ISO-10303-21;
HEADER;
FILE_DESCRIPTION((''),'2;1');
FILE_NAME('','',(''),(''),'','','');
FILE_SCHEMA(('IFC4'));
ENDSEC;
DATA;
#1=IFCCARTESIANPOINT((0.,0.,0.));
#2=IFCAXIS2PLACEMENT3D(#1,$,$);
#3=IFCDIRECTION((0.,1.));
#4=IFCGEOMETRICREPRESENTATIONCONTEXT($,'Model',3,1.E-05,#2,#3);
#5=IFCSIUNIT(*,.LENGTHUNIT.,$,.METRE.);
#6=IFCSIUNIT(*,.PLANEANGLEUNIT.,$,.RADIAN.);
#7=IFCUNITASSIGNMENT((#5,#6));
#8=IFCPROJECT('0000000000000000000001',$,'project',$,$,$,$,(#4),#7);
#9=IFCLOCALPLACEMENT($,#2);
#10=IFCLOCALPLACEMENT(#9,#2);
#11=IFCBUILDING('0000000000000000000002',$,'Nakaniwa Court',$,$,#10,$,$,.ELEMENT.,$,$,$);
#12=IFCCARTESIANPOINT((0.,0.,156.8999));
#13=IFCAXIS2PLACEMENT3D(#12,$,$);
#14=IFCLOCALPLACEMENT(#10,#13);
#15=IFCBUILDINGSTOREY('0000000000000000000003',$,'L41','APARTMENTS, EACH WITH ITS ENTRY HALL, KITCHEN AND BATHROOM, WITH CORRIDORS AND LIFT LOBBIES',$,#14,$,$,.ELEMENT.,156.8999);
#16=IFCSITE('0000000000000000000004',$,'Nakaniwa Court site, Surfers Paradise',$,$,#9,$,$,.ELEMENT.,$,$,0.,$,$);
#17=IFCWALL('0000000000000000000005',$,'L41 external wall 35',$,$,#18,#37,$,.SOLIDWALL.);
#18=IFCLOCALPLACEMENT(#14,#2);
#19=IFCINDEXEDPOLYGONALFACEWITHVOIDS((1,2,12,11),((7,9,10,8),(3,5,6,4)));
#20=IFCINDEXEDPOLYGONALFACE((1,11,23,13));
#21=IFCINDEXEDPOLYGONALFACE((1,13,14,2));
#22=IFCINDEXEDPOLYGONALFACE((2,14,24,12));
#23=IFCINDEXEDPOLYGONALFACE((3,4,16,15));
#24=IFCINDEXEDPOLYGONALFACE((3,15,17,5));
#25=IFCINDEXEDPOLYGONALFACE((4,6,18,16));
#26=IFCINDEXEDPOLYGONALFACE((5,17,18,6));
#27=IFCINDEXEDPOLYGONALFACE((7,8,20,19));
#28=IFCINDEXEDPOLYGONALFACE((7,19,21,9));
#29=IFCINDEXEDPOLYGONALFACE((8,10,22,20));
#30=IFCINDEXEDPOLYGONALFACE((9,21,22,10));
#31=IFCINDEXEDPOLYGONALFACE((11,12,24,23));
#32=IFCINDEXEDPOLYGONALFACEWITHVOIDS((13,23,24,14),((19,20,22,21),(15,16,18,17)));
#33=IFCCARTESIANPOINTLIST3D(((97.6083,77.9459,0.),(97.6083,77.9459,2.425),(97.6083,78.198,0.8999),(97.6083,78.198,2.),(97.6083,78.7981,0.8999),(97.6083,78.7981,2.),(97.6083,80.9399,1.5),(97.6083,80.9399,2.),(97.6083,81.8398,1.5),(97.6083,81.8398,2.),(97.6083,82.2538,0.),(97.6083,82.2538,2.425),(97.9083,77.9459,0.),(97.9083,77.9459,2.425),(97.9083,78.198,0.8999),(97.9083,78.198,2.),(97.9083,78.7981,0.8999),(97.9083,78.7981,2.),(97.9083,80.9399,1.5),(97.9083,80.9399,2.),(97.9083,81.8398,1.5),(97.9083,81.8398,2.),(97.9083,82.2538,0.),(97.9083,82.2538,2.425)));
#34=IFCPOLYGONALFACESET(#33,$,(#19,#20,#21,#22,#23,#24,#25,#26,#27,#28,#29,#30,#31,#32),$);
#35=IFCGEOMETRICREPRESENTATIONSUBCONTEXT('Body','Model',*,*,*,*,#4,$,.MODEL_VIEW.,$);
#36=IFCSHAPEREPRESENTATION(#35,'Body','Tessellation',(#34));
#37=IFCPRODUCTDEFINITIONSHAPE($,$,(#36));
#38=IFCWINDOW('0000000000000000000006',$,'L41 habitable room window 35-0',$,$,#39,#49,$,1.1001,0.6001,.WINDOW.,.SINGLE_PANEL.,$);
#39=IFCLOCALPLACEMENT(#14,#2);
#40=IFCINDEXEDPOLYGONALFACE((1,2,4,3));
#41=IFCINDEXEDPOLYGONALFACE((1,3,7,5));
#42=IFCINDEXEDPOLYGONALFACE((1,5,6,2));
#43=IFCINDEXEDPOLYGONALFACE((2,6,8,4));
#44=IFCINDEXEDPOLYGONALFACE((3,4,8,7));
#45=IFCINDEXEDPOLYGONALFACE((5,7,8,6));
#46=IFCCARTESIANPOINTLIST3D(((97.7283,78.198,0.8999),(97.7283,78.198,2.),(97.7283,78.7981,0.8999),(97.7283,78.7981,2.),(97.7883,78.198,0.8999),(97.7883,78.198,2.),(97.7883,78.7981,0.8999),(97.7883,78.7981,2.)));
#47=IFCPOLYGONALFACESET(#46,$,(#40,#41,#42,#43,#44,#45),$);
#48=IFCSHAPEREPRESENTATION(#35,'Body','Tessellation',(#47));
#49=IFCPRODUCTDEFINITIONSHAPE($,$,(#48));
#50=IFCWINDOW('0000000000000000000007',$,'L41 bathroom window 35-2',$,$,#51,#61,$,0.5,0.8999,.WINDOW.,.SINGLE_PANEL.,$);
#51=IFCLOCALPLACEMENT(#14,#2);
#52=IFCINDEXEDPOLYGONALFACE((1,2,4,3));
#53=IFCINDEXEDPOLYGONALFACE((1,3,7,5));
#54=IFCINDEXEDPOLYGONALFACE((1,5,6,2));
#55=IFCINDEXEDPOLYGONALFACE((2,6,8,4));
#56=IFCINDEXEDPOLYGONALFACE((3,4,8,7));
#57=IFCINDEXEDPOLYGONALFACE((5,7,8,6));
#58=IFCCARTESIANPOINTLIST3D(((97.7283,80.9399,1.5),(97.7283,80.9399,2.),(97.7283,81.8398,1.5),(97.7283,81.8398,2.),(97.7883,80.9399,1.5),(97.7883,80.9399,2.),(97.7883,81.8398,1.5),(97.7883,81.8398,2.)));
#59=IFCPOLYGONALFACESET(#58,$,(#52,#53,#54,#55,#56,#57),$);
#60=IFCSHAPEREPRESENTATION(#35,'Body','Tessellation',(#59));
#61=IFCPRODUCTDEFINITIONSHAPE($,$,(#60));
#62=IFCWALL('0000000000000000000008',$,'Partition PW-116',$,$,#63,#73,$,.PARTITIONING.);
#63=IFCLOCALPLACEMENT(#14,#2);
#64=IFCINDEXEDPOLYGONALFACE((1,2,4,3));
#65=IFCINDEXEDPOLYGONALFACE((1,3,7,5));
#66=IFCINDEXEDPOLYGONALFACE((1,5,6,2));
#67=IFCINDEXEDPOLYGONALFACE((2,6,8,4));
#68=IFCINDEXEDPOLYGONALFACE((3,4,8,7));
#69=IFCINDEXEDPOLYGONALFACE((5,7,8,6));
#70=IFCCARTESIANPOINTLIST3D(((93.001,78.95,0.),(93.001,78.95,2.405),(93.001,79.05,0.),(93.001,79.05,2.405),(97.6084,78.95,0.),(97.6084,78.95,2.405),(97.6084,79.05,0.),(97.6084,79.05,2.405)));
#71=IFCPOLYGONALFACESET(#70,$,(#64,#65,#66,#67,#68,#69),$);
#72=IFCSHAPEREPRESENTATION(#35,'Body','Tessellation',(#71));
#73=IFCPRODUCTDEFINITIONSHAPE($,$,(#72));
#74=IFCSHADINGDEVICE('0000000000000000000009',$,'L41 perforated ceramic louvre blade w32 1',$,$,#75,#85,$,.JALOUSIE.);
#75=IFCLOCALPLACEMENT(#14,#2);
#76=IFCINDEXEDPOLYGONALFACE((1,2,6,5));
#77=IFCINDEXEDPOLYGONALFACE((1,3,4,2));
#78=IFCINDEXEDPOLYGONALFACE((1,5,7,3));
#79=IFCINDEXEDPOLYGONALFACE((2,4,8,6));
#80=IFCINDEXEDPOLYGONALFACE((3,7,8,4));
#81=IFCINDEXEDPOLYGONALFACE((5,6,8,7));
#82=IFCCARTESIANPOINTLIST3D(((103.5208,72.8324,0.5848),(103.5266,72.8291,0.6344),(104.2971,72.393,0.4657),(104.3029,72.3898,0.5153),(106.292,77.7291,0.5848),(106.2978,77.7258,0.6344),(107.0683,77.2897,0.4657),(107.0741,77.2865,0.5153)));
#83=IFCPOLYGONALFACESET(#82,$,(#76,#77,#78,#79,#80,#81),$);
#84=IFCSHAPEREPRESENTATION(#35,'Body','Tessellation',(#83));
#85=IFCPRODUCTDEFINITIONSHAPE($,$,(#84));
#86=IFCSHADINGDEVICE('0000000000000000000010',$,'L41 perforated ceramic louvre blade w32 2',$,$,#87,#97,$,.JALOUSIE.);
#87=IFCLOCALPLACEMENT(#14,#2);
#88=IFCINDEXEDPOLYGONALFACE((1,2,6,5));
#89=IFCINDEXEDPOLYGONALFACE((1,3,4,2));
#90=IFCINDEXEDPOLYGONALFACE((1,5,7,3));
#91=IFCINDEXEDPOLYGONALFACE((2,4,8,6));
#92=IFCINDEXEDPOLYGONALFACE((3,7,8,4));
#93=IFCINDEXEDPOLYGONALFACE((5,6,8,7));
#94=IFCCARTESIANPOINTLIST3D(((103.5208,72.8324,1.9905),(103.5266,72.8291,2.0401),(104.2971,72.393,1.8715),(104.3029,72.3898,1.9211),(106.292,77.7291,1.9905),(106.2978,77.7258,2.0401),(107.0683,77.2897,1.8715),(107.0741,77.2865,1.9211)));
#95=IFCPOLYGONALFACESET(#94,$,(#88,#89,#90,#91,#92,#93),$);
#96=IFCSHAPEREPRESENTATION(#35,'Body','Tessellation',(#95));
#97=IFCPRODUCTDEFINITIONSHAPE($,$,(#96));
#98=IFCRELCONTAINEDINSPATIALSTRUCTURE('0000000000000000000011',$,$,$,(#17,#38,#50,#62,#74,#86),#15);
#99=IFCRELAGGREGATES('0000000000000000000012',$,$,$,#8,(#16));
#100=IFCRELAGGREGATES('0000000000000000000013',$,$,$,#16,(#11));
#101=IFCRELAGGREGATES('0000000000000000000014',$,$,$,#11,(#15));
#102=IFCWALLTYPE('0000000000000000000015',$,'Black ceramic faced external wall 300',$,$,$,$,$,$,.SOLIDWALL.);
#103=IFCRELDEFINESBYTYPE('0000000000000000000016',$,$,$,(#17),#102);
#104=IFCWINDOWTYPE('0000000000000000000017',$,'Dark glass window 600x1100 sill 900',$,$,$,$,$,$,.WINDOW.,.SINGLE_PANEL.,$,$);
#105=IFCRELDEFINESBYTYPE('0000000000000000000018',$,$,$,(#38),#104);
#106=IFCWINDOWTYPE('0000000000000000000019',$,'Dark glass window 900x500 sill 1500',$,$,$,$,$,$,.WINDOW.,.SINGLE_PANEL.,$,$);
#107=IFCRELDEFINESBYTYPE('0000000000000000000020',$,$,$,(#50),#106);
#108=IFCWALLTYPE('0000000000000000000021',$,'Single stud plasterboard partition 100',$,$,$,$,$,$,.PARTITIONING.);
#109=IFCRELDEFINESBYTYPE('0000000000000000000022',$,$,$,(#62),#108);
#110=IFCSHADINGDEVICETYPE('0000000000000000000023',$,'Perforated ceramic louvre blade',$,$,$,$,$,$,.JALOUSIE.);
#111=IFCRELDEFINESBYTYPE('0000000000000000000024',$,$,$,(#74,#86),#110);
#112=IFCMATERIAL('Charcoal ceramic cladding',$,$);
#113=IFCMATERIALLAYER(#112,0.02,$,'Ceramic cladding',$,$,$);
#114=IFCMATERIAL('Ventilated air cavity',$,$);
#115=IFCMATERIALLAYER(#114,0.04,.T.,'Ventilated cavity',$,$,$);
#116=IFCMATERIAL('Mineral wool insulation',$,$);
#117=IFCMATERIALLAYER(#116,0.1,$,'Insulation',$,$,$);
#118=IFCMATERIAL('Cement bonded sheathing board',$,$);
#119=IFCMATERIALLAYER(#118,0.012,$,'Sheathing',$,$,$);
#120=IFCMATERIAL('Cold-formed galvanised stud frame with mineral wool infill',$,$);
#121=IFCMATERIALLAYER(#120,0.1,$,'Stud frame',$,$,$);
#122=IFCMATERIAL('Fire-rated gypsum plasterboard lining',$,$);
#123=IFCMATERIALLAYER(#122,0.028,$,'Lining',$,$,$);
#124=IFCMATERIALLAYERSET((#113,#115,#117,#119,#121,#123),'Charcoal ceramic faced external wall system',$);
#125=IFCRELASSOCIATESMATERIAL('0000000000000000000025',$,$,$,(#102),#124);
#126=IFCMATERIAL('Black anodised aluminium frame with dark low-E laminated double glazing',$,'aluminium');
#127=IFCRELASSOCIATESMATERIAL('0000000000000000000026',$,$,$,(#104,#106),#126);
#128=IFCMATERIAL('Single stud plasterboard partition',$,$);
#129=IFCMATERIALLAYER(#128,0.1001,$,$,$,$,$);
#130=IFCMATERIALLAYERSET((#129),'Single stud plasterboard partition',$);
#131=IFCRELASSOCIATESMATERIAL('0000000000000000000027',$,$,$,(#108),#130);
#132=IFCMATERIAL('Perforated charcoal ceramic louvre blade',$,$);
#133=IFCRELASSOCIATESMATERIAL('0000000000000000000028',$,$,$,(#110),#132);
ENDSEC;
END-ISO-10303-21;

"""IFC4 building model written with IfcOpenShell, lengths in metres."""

from ifc_helpers import new_model, si_unit, direction, frame, frame_2d, origin, origin_2d, place, context, subcontext, project, spatial, rectangle, extrude, material, layer, layer_set, material_profile, profile_set, type_object, element, fill, save


model = new_model("IFC4")

# Units and contexts
model_context = context("Model", 3, precision=1e-05, world=origin(), true_north=direction((0.0, 1.0)))
body_context = subcontext(model_context, "Body", "Model", "MODEL_VIEW")
ifc_project = project(units=[si_unit("LENGTHUNIT", "METRE"), si_unit("PLANEANGLEUNIT", "RADIAN")], contexts=[model_context])

# Site, building, storey
site_placement = place(None, origin())
site = spatial("IfcSite", under=ifc_project, at=site_placement, Name="Nakaniwa Court site, Surfers Paradise", CompositionType="ELEMENT", RefElevation=0.0)
building_placement = place(site_placement, origin())
building = spatial("IfcBuilding", under=site, at=building_placement, Name="Nakaniwa Court", CompositionType="ELEMENT")
storey_placement = place(building_placement, frame((0.0, 0.0, 156.8999)))
storey = spatial("IfcBuildingStorey", under=building, at=storey_placement, Name="L41", Description="APARTMENTS, EACH WITH ITS ENTRY HALL, KITCHEN AND BATHROOM, WITH CORRIDORS AND LIFT LOBBIES", CompositionType="ELEMENT", Elevation=156.8999)

# Shared definitions
ifc_material_1 = material(Name="Charcoal ceramic cladding")
ifc_layer_1 = layer(ifc_material_1, 0.02, Name="Ceramic cladding")
ifc_material_2 = material(Name="Ventilated air cavity")
ifc_layer_2 = layer(ifc_material_2, 0.04, ventilated=True, Name="Ventilated cavity")
ifc_material_3 = material(Name="Mineral wool insulation")
ifc_layer_3 = layer(ifc_material_3, 0.1, Name="Insulation")
ifc_material_4 = material(Name="Cement bonded sheathing board")
ifc_layer_4 = layer(ifc_material_4, 0.012, Name="Sheathing")
ifc_material_5 = material(Name="Cold-formed galvanised stud frame with mineral wool infill")
ifc_layer_5 = layer(ifc_material_5, 0.1, Name="Stud frame")
ifc_material_6 = material(Name="Fire-rated gypsum plasterboard lining")
ifc_layer_6 = layer(ifc_material_6, 0.028, Name="Lining")
ifc_layer_set_1 = layer_set([ifc_layer_1, ifc_layer_2, ifc_layer_3, ifc_layer_4, ifc_layer_5, ifc_layer_6], Name="Charcoal ceramic faced external wall system")
wall_type_1 = type_object("IfcWallType", Name="Black ceramic faced external wall 300", PredefinedType="SOLIDWALL", material=ifc_layer_set_1)
ifc_material_7 = material(Name="Black anodised aluminium frame with dark low-E laminated double glazing", Category="aluminium")

# Wall, openings, windows
wall_1_placement = place(storey_placement, frame((97.7583, 77.946, 0.0), z_axis=(0.0, 0.0, 1.0), x_axis=(0.0, 1.0, 0.0)))
wall_1 = element("IfcWall", 1, at=wall_1_placement, inside=storey, type_object=wall_type_1, Name="L41 external wall 35", PredefinedType="SOLIDWALL", context=body_context, shape_type="SweptSolid", body=[
    extrude(rectangle(XDim=4.3079, YDim=0.3, at=frame_2d((2.1538, 0.0))), origin(), (0.0, 0.0, 1.0), 2.425),
])
opening_1_placement = place(wall_1_placement, frame((0.252, 0.0, 0.8999)))
opening_1 = element("IfcOpeningElement", 2, at=opening_1_placement, cuts=wall_1, PredefinedType="OPENING", context=body_context, shape_type="SweptSolid", body=[
    extrude(rectangle(XDim=0.6001, YDim=1.1001, at=frame_2d((0.3, 0.55))), frame((0.0, 0.1599, 0.0), z_axis=(0.0, -1.0, 0.0), x_axis=(1.0, 0.0, 0.0)), (0.0, 0.0, 1.0), 0.3201),
])
opening_2_placement = place(wall_1_placement, frame((2.9939, 0.0, 1.5)))
opening_2 = element("IfcOpeningElement", 3, at=opening_2_placement, cuts=wall_1, PredefinedType="OPENING", context=body_context, shape_type="SweptSolid", body=[
    extrude(rectangle(XDim=0.8999, YDim=0.5, at=frame_2d((0.45, 0.25))), frame((0.0, 0.1599, 0.0), z_axis=(0.0, -1.0, 0.0), x_axis=(1.0, 0.0, 0.0)), (0.0, 0.0, 1.0), 0.3201),
])
window_type_1 = type_object("IfcWindowType", Name="Dark glass window 600x1100 sill 900", PartitioningType="SINGLE_PANEL", PredefinedType="WINDOW", material=ifc_material_7)
window_1_placement = place(opening_1_placement, origin())
window_1 = element("IfcWindow", 4, at=window_1_placement, inside=storey, type_object=window_type_1, Name="L41 habitable room window 35-0", OverallHeight=1.1001, OverallWidth=0.6001, PartitioningType="SINGLE_PANEL", PredefinedType="WINDOW", context=body_context, shape_type="SweptSolid", body=[
    extrude(rectangle(XDim=0.6001, YDim=1.1001, at=frame_2d((0.3, 0.55))), frame((0.0, 0.03, 0.0), z_axis=(0.0, -1.0, 0.0), x_axis=(1.0, 0.0, 0.0)), (0.0, 0.0, 1.0), 0.0601),
])
fill(opening_1, window_1)
window_type_2 = type_object("IfcWindowType", Name="Dark glass window 900x500 sill 1500", PartitioningType="SINGLE_PANEL", PredefinedType="WINDOW", material=ifc_material_7)
window_2_placement = place(opening_2_placement, origin())
window_2 = element("IfcWindow", 5, at=window_2_placement, inside=storey, type_object=window_type_2, Name="L41 bathroom window 35-2", OverallHeight=0.5, OverallWidth=0.8999, PartitioningType="SINGLE_PANEL", PredefinedType="WINDOW", context=body_context, shape_type="SweptSolid", body=[
    extrude(rectangle(XDim=0.8999, YDim=0.5, at=frame_2d((0.45, 0.25))), frame((0.0, 0.03, 0.0), z_axis=(0.0, -1.0, 0.0), x_axis=(1.0, 0.0, 0.0)), (0.0, 0.0, 1.0), 0.0601),
])
fill(opening_2, window_2)

# Wall
ifc_material_8 = material(Name="Single stud plasterboard partition")
ifc_layer_7 = layer(ifc_material_8, 0.1001)
ifc_layer_set_2 = layer_set([ifc_layer_7], Name="Single stud plasterboard partition")
wall_type_2 = type_object("IfcWallType", Name="Single stud plasterboard partition 100", PredefinedType="PARTITIONING", material=ifc_layer_set_2)
wall_2_placement = place(storey_placement, frame((93.001, 79.0, 0.0), z_axis=(0.0, 0.0, 1.0), x_axis=(1.0, 0.0, 0.0)))
element("IfcWall", 6, at=wall_2_placement, inside=storey, type_object=wall_type_2, Name="Partition PW-116", PredefinedType="PARTITIONING", context=body_context, shape_type="SweptSolid", body=[
    extrude(rectangle(XDim=4.6074, YDim=0.1001, at=frame_2d((2.3037, 0.0))), origin(), (0.0, 0.0, 1.0), 2.405),
])

# Shading devices
ifc_material_9 = material(Name="Perforated charcoal ceramic louvre blade")
ifc_material_profile_1 = material_profile(ifc_material_9, rectangle(XDim=0.8999, YDim=0.05, at=origin_2d()), Name="Perforated ceramic louvre blade")
ifc_profile_set_1 = profile_set([ifc_material_profile_1], Name="Perforated charcoal ceramic louvre blade")
shading_device_type = type_object("IfcShadingDeviceType", Name="Perforated ceramic louvre blade", PredefinedType="JALOUSIE", material=ifc_profile_set_1)
for number, where, z_axis, x_axis, name in (
    (7, (103.9119, 72.6111, 0.55), (0.492532, 0.870294, 0.0), (-0.862649, 0.488205, 0.132256), "L41 perforated ceramic louvre blade w32 1"),
    (8, (103.9119, 72.6111, 1.9558), (0.492532, 0.870294, 0.0), (-0.862649, 0.488205, 0.132256), "L41 perforated ceramic louvre blade w32 2"),
):
    element("IfcShadingDevice", number, at=place(storey_placement, frame(where, z_axis=z_axis, x_axis=x_axis)), inside=storey, type_object=shading_device_type, Name=name, PredefinedType="JALOUSIE", context=body_context, shape_type="SweptSolid", body=[
        extrude(rectangle(XDim=0.8999, YDim=0.05, at=origin_2d()), origin(), (0.0, 0.0, 1.0), 5.6265),
    ])

save(model, "model.ifc")
